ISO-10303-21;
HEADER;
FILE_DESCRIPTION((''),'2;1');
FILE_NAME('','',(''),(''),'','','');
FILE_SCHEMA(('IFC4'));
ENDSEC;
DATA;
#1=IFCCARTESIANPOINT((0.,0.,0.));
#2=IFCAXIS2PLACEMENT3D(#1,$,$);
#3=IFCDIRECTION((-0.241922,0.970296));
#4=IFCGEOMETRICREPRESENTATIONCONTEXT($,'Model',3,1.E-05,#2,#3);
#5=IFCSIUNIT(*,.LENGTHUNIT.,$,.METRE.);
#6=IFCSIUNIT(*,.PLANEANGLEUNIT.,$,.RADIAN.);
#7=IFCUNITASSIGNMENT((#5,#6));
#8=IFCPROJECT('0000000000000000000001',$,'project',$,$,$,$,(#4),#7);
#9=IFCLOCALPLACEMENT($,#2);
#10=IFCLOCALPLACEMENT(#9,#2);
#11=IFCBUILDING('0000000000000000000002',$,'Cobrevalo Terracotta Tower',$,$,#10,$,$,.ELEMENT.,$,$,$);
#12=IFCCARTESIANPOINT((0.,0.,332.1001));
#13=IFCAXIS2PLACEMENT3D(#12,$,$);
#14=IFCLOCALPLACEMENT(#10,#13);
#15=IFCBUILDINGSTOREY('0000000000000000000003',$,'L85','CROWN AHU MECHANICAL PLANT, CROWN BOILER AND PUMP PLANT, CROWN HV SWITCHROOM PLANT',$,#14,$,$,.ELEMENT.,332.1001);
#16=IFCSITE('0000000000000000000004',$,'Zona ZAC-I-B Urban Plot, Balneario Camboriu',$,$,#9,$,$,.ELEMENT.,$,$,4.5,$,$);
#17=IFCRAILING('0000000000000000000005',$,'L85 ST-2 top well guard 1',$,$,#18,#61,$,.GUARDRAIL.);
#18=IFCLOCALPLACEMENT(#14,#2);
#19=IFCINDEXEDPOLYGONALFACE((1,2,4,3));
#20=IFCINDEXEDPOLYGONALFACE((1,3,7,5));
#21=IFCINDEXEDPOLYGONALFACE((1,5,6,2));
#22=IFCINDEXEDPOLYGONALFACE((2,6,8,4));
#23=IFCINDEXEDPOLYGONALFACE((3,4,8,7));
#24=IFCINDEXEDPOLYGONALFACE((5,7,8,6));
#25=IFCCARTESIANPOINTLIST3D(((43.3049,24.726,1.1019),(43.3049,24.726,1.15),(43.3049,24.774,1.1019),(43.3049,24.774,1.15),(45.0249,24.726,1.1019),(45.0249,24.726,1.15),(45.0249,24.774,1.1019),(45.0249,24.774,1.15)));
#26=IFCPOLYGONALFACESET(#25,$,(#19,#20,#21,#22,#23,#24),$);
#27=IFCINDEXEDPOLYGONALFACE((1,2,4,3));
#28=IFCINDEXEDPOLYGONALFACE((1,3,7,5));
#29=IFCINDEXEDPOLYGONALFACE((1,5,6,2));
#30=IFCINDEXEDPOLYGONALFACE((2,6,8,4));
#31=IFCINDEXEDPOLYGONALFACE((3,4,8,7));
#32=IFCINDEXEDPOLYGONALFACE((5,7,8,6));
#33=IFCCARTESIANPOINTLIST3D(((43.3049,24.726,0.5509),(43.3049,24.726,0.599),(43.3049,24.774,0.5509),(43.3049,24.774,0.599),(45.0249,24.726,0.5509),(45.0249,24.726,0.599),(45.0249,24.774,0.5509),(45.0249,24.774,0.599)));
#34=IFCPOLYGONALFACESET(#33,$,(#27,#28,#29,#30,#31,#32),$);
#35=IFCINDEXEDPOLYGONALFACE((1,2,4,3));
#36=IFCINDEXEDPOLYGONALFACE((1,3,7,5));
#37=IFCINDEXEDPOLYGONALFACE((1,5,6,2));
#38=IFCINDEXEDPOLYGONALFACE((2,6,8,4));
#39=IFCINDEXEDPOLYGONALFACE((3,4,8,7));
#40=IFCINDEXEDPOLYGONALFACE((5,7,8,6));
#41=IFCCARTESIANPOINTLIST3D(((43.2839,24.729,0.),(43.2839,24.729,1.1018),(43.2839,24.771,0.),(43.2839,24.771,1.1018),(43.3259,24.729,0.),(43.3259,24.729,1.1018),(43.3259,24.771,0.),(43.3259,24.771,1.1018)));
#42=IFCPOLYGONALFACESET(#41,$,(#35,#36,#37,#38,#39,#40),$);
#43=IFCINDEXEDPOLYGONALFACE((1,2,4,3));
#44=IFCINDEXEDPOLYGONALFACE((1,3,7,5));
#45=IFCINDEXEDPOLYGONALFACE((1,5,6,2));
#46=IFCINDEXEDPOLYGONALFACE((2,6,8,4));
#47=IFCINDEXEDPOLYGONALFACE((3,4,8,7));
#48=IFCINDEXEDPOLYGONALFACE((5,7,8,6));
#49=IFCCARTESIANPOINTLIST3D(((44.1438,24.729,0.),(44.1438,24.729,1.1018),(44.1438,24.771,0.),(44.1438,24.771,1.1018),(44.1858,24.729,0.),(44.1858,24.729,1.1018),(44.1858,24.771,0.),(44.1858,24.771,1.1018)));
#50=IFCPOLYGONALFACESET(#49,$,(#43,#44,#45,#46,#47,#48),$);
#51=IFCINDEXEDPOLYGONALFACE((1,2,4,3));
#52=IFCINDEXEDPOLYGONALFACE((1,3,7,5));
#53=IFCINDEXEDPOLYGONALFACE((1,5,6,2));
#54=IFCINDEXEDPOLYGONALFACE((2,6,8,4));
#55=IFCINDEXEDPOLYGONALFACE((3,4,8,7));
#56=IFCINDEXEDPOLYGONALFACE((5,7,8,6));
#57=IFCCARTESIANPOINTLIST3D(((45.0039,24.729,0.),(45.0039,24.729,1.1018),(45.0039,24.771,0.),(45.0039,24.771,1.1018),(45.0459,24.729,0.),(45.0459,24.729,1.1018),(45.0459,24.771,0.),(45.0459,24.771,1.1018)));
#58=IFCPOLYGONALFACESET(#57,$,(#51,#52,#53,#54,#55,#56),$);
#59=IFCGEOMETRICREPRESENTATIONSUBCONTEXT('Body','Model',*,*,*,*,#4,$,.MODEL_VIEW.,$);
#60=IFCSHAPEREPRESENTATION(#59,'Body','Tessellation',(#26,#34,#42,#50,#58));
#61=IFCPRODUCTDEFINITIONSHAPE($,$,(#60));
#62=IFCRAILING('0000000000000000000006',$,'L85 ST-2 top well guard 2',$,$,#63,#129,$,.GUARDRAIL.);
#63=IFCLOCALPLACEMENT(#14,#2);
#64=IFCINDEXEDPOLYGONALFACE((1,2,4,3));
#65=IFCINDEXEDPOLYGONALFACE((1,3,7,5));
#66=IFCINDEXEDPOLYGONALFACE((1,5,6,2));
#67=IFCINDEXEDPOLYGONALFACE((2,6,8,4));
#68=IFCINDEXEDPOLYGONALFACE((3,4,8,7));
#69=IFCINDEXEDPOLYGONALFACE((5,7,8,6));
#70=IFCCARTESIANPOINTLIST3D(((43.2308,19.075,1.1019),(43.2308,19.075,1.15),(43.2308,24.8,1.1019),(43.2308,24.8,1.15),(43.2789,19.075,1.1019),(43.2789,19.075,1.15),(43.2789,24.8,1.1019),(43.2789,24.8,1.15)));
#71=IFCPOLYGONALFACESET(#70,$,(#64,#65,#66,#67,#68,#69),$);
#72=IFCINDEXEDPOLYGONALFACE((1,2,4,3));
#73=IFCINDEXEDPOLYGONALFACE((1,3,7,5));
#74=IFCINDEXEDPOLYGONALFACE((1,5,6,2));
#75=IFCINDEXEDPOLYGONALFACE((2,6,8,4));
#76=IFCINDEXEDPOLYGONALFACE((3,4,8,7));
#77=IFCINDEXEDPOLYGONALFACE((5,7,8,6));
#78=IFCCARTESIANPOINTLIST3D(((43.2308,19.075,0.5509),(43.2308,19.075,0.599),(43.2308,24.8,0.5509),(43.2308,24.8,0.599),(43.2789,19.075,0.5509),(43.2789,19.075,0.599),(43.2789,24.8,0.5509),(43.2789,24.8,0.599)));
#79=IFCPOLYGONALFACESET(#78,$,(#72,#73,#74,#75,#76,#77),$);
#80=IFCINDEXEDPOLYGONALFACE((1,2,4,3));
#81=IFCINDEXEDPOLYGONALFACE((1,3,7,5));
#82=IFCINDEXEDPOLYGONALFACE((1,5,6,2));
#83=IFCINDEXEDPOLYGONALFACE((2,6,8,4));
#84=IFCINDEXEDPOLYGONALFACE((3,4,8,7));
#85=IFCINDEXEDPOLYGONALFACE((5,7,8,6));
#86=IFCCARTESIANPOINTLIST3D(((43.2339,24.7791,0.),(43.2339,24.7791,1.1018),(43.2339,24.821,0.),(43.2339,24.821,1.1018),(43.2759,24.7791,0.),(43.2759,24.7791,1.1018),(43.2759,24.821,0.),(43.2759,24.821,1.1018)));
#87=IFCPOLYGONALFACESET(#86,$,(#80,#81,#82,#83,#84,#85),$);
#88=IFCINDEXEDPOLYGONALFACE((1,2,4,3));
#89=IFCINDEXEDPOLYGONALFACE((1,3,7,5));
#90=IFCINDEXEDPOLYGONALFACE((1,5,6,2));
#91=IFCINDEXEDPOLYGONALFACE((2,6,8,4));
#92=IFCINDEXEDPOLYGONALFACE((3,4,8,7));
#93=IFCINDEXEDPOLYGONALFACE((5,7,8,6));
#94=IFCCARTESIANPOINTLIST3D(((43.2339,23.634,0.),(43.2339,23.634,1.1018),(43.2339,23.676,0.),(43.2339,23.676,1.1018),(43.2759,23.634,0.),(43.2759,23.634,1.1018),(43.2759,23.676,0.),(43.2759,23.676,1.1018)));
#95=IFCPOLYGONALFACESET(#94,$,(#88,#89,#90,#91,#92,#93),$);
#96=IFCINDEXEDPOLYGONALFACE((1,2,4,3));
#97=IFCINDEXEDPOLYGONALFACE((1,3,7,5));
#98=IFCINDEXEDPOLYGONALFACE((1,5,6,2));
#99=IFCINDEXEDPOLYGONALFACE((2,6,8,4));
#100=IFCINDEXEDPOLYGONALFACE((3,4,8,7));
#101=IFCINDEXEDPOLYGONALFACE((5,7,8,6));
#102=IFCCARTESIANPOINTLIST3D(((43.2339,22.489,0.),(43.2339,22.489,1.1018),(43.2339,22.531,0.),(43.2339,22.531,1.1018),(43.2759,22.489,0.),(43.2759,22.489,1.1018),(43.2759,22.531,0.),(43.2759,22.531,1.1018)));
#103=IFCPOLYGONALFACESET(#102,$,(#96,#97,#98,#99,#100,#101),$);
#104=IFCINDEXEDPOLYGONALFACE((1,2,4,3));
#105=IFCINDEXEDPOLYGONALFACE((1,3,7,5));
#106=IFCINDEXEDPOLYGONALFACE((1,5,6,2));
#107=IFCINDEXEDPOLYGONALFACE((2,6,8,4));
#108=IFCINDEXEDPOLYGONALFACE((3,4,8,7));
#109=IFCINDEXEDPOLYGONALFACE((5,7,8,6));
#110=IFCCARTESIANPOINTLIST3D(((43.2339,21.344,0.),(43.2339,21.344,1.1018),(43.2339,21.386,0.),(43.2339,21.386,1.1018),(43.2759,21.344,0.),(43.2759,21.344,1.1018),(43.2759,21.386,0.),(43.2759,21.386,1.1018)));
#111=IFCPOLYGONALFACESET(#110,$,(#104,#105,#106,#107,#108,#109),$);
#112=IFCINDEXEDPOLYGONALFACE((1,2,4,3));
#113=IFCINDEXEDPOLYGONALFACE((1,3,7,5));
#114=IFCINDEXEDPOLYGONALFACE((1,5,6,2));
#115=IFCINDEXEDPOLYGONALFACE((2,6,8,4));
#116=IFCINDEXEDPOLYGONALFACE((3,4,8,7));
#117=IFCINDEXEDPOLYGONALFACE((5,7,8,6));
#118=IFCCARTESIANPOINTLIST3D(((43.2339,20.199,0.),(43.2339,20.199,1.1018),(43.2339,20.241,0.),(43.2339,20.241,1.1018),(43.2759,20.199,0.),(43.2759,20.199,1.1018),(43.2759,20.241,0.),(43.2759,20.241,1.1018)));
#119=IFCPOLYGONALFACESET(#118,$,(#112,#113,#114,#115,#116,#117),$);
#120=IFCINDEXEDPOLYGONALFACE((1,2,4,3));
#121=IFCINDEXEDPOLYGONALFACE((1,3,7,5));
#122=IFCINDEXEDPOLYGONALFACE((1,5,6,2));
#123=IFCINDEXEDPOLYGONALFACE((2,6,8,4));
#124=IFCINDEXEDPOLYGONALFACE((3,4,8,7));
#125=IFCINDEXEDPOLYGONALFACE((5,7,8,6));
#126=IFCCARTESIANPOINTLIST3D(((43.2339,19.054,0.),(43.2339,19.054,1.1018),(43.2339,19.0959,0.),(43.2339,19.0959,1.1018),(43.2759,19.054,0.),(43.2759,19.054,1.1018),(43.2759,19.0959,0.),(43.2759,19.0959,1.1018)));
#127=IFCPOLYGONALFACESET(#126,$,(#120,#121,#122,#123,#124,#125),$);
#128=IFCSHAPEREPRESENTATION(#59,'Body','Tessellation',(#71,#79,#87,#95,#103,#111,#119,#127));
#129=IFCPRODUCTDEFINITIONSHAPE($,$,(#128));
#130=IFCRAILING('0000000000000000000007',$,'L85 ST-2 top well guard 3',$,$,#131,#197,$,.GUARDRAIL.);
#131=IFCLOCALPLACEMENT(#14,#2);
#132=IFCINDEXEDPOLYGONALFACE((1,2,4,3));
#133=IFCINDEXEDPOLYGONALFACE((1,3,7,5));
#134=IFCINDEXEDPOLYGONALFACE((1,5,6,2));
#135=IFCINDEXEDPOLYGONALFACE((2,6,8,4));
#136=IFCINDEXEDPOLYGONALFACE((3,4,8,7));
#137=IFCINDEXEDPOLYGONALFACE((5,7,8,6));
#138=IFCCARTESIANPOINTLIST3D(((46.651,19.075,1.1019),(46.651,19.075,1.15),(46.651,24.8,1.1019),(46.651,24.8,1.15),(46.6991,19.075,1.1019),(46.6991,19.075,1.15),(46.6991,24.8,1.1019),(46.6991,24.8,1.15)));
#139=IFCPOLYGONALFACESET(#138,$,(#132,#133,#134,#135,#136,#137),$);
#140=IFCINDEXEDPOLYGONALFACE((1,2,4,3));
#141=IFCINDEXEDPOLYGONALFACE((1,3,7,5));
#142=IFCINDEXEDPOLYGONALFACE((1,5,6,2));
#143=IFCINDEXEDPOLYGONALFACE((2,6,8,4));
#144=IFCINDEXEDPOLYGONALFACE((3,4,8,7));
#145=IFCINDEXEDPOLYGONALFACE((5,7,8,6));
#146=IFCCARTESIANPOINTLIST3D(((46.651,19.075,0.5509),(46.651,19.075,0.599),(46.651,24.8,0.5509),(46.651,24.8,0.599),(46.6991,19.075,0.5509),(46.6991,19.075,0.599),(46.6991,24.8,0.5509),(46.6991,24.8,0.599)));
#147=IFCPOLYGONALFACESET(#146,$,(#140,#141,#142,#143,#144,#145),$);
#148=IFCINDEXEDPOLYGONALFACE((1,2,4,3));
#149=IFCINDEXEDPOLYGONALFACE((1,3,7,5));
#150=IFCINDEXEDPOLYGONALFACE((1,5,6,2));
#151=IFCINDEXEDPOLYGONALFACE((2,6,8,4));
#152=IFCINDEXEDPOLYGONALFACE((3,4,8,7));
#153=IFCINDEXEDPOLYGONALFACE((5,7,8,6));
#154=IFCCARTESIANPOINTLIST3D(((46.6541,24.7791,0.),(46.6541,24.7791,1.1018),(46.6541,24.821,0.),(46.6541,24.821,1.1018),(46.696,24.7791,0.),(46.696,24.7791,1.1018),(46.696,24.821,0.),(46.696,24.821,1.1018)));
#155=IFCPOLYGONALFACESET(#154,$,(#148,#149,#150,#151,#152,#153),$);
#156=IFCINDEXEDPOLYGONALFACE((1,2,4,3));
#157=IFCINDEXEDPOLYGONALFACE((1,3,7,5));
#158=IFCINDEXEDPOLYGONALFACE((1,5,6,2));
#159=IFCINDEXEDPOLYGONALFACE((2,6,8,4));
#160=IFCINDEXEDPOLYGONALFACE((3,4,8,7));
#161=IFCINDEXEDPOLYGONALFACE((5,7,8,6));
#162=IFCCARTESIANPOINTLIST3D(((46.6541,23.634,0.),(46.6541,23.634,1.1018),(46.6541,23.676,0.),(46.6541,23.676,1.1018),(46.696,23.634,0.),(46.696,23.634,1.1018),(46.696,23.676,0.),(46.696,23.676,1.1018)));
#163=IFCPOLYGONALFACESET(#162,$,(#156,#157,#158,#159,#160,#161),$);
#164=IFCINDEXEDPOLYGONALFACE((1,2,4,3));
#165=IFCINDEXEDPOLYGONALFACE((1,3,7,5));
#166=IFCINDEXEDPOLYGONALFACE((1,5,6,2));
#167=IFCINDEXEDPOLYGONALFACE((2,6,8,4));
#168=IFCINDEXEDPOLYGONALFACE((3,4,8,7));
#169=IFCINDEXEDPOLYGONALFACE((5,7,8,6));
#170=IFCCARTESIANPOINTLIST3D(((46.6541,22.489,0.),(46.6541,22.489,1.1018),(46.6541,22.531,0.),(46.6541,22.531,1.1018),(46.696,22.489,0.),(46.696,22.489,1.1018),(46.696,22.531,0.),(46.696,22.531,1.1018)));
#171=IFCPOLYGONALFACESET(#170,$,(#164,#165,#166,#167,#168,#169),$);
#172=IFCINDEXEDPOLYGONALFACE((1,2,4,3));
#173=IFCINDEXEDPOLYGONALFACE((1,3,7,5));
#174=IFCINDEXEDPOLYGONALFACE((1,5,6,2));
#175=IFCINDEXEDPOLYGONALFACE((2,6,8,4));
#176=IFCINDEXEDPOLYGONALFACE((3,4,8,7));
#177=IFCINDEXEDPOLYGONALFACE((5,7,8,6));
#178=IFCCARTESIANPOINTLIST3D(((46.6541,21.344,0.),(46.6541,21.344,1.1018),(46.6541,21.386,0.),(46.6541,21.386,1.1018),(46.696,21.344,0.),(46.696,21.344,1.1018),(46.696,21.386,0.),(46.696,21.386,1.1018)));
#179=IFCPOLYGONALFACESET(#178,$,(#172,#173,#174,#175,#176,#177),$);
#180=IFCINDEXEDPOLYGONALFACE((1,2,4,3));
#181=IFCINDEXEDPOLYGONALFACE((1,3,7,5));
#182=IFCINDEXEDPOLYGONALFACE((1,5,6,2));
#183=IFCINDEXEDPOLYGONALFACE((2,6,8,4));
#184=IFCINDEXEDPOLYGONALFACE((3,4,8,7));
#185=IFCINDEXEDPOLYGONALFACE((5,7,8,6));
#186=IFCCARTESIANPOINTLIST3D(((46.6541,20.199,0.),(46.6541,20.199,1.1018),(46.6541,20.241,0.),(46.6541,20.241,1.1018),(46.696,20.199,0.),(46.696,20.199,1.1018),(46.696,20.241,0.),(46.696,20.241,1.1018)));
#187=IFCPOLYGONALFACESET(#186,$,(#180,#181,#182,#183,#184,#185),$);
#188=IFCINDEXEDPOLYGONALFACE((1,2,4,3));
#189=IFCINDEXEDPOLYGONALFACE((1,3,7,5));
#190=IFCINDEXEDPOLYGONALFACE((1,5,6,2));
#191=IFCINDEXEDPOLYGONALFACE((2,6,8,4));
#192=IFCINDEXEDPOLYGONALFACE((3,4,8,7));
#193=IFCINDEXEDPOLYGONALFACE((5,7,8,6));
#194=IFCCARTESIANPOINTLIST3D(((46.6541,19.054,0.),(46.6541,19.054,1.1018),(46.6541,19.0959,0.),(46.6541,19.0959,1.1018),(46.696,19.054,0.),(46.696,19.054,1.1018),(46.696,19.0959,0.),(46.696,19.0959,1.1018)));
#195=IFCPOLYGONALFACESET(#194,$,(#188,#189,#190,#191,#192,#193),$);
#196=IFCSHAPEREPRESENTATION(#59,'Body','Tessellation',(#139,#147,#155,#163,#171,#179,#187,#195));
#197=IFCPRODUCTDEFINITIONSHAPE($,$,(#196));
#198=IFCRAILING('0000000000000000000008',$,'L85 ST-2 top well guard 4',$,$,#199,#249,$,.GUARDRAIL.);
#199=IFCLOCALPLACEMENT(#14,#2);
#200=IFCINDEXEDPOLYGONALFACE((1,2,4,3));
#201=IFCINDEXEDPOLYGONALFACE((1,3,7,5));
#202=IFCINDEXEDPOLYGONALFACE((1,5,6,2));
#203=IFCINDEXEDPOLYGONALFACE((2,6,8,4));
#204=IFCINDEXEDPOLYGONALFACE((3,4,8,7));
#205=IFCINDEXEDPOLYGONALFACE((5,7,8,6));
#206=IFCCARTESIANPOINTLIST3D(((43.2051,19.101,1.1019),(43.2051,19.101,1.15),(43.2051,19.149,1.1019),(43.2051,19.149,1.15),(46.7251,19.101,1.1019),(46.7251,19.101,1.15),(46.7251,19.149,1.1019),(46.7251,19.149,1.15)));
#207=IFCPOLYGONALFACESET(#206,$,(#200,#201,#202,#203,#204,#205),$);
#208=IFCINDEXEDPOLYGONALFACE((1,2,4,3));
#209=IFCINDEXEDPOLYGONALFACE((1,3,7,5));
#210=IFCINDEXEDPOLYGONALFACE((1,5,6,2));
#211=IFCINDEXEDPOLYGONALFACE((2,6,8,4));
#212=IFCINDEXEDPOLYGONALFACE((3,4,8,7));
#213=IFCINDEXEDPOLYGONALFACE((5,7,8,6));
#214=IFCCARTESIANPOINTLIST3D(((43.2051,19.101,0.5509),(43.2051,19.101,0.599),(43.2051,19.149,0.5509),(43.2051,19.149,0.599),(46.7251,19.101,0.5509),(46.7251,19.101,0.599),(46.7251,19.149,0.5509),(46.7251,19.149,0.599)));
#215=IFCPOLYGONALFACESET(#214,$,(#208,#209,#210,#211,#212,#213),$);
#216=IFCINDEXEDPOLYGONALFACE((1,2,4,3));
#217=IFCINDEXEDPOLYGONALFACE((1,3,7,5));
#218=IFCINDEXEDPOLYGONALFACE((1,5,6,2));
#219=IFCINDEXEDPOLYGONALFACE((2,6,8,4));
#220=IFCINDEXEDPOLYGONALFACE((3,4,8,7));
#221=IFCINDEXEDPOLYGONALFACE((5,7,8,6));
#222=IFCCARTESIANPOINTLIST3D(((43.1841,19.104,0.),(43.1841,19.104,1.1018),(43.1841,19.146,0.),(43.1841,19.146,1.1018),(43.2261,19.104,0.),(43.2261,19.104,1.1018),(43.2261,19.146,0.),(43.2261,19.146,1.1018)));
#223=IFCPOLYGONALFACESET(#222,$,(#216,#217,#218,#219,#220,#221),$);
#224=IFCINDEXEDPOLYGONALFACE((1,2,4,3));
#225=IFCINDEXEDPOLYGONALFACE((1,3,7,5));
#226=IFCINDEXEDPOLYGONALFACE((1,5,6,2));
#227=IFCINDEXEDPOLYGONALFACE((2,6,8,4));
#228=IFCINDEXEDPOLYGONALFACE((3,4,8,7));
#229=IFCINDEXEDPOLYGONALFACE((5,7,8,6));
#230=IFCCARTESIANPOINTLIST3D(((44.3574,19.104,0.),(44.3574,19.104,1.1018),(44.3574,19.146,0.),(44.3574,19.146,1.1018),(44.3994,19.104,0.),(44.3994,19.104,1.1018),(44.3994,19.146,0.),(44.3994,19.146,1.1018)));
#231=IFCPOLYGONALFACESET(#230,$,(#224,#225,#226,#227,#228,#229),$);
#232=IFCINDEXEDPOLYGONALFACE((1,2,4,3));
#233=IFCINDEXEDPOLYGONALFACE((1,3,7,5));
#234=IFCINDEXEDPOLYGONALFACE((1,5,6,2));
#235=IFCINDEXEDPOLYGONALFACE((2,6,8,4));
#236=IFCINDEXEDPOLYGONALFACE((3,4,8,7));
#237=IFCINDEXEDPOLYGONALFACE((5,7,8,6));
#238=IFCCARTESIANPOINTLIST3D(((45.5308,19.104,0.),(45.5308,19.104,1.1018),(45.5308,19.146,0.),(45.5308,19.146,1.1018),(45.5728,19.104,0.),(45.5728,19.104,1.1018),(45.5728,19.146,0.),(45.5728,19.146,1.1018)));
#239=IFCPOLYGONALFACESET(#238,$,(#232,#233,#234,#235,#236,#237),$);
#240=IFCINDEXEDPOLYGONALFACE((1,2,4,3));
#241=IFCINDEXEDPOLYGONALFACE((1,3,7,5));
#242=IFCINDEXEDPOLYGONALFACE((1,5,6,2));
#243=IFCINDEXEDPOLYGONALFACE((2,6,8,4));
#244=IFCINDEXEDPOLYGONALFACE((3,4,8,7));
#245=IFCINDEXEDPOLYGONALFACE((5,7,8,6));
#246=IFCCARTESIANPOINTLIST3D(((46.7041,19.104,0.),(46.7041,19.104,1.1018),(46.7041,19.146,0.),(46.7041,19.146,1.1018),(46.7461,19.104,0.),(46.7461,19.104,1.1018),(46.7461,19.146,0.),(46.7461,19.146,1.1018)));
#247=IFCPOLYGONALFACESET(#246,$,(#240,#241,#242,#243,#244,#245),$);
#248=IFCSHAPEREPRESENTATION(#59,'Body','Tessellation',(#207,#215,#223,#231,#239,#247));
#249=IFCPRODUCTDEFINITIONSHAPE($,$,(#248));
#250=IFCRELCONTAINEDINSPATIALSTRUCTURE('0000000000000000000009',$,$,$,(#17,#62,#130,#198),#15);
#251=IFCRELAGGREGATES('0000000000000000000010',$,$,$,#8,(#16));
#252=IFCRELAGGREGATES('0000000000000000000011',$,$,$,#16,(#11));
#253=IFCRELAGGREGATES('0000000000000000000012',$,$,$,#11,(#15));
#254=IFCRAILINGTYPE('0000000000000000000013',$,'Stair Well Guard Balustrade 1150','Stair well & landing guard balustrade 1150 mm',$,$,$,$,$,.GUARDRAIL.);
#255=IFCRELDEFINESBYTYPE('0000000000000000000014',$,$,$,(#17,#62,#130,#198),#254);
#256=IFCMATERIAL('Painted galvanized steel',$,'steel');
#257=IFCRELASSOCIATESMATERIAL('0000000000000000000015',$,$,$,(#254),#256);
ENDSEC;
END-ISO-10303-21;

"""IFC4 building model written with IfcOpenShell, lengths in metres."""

from ifc_helpers import new_model, si_unit, direction, frame, origin, origin_2d, place, context, subcontext, project, spatial, rectangle, extrude, material, type_object, element, save


model = new_model("IFC4")

# Units and contexts
model_context = context("Model", 3, precision=1e-05, world=origin(), true_north=direction((-0.241922, 0.970296)))
body_context = subcontext(model_context, "Body", "Model", "MODEL_VIEW")
ifc_project = project(units=[si_unit("LENGTHUNIT", "METRE"), si_unit("PLANEANGLEUNIT", "RADIAN")], contexts=[model_context])

# Site, building, storey
site_placement = place(None, origin())
site = spatial("IfcSite", under=ifc_project, at=site_placement, Name="Zona ZAC-I-B Urban Plot, Balneario Camboriu", CompositionType="ELEMENT", RefElevation=4.5)
building_placement = place(site_placement, origin())
building = spatial("IfcBuilding", under=site, at=building_placement, Name="Cobrevalo Terracotta Tower", CompositionType="ELEMENT")
storey_placement = place(building_placement, frame((0.0, 0.0, 332.1001)))
storey = spatial("IfcBuildingStorey", under=building, at=storey_placement, Name="L85", Description="CROWN AHU MECHANICAL PLANT, CROWN BOILER AND PUMP PLANT, CROWN HV SWITCHROOM PLANT", CompositionType="ELEMENT", Elevation=332.1001)

# Railings
ifc_material_1 = material(Name="Painted galvanized steel", Category="steel")
railing_type = type_object("IfcRailingType", Name="Stair Well Guard Balustrade 1150", Description="Stair well & landing guard balustrade 1150 mm", PredefinedType="GUARDRAIL", material=ifc_material_1)
railing_1_placement = place(storey_placement, frame((43.3049, 24.75, 0.0)))
element("IfcRailing", 1, at=railing_1_placement, inside=storey, type_object=railing_type, Name="L85 ST-2 top well guard 1", PredefinedType="GUARDRAIL", context=body_context, shape_type="SweptSolid", body=[
    extrude(rectangle(XDim=0.0481, YDim=0.0481, at=origin_2d()), frame((0.0, 0.0, 1.126), z_axis=(1.0, 0.0, 0.0), x_axis=(0.0, 1.0, 0.0)), (0.0, 0.0, 1.0), 1.72),
    extrude(rectangle(XDim=0.0481, YDim=0.0481, at=origin_2d()), frame((0.0, 0.0, 0.575), z_axis=(1.0, 0.0, 0.0), x_axis=(0.0, 1.0, 0.0)), (0.0, 0.0, 1.0), 1.72),
    extrude(rectangle(XDim=0.042, YDim=0.042, at=origin_2d()), origin(), (0.0, 0.0, 1.0), 1.1018),
    extrude(rectangle(XDim=0.042, YDim=0.042, at=origin_2d()), frame((0.8599, 0.0, 0.0)), (0.0, 0.0, 1.0), 1.1018),
    extrude(rectangle(XDim=0.042, YDim=0.042, at=origin_2d()), frame((1.72, 0.0, 0.0)), (0.0, 0.0, 1.0), 1.1018),
])
for number, where, name in (
    (2, (43.2549, 24.8, 0.0), "L85 ST-2 top well guard 2"),
    (3, (46.675, 24.8, 0.0), "L85 ST-2 top well guard 3"),
):
    element("IfcRailing", number, at=place(storey_placement, frame(where)), inside=storey, type_object=railing_type, Name=name, PredefinedType="GUARDRAIL", context=body_context, shape_type="SweptSolid", body=[
        extrude(rectangle(XDim=0.0481, YDim=0.0481, at=origin_2d()), frame((0.0, 0.0, 1.126), z_axis=(0.0, -1.0, 0.0), x_axis=(1.0, 0.0, 0.0)), (0.0, 0.0, 1.0), 5.7251),
        extrude(rectangle(XDim=0.0481, YDim=0.0481, at=origin_2d()), frame((0.0, 0.0, 0.575), z_axis=(0.0, -1.0, 0.0), x_axis=(1.0, 0.0, 0.0)), (0.0, 0.0, 1.0), 5.7251),
        extrude(rectangle(XDim=0.042, YDim=0.042, at=origin_2d()), origin(), (0.0, 0.0, 1.0), 1.1018),
        extrude(rectangle(XDim=0.042, YDim=0.042, at=origin_2d()), frame((0.0, -1.145, 0.0)), (0.0, 0.0, 1.0), 1.1018),
        extrude(rectangle(XDim=0.042, YDim=0.042, at=origin_2d()), frame((0.0, -2.29, 0.0)), (0.0, 0.0, 1.0), 1.1018),
        extrude(rectangle(XDim=0.042, YDim=0.042, at=origin_2d()), frame((0.0, -3.4351, 0.0)), (0.0, 0.0, 1.0), 1.1018),
        extrude(rectangle(XDim=0.042, YDim=0.042, at=origin_2d()), frame((0.0, -4.5801, 0.0)), (0.0, 0.0, 1.0), 1.1018),
        extrude(rectangle(XDim=0.042, YDim=0.042, at=origin_2d()), frame((0.0, -5.7251, 0.0)), (0.0, 0.0, 1.0), 1.1018),
    ])
railing_2_placement = place(storey_placement, frame((43.2051, 19.125, 0.0)))
element("IfcRailing", 4, at=railing_2_placement, inside=storey, type_object=railing_type, Name="L85 ST-2 top well guard 4", PredefinedType="GUARDRAIL", context=body_context, shape_type="SweptSolid", body=[
    extrude(rectangle(XDim=0.0481, YDim=0.0481, at=origin_2d()), frame((0.0, 0.0, 1.126), z_axis=(1.0, 0.0, 0.0), x_axis=(0.0, 1.0, 0.0)), (0.0, 0.0, 1.0), 3.52),
    extrude(rectangle(XDim=0.0481, YDim=0.0481, at=origin_2d()), frame((0.0, 0.0, 0.575), z_axis=(1.0, 0.0, 0.0), x_axis=(0.0, 1.0, 0.0)), (0.0, 0.0, 1.0), 3.52),
    extrude(rectangle(XDim=0.042, YDim=0.042, at=origin_2d()), origin(), (0.0, 0.0, 1.0), 1.1018),
    extrude(rectangle(XDim=0.042, YDim=0.042, at=origin_2d()), frame((1.1733, 0.0, 0.0)), (0.0, 0.0, 1.0), 1.1018),
    extrude(rectangle(XDim=0.042, YDim=0.042, at=origin_2d()), frame((2.3467, 0.0, 0.0)), (0.0, 0.0, 1.0), 1.1018),
    extrude(rectangle(XDim=0.042, YDim=0.042, at=origin_2d()), frame((3.52, 0.0, 0.0)), (0.0, 0.0, 1.0), 1.1018),
])

save(model, "model.ifc")
